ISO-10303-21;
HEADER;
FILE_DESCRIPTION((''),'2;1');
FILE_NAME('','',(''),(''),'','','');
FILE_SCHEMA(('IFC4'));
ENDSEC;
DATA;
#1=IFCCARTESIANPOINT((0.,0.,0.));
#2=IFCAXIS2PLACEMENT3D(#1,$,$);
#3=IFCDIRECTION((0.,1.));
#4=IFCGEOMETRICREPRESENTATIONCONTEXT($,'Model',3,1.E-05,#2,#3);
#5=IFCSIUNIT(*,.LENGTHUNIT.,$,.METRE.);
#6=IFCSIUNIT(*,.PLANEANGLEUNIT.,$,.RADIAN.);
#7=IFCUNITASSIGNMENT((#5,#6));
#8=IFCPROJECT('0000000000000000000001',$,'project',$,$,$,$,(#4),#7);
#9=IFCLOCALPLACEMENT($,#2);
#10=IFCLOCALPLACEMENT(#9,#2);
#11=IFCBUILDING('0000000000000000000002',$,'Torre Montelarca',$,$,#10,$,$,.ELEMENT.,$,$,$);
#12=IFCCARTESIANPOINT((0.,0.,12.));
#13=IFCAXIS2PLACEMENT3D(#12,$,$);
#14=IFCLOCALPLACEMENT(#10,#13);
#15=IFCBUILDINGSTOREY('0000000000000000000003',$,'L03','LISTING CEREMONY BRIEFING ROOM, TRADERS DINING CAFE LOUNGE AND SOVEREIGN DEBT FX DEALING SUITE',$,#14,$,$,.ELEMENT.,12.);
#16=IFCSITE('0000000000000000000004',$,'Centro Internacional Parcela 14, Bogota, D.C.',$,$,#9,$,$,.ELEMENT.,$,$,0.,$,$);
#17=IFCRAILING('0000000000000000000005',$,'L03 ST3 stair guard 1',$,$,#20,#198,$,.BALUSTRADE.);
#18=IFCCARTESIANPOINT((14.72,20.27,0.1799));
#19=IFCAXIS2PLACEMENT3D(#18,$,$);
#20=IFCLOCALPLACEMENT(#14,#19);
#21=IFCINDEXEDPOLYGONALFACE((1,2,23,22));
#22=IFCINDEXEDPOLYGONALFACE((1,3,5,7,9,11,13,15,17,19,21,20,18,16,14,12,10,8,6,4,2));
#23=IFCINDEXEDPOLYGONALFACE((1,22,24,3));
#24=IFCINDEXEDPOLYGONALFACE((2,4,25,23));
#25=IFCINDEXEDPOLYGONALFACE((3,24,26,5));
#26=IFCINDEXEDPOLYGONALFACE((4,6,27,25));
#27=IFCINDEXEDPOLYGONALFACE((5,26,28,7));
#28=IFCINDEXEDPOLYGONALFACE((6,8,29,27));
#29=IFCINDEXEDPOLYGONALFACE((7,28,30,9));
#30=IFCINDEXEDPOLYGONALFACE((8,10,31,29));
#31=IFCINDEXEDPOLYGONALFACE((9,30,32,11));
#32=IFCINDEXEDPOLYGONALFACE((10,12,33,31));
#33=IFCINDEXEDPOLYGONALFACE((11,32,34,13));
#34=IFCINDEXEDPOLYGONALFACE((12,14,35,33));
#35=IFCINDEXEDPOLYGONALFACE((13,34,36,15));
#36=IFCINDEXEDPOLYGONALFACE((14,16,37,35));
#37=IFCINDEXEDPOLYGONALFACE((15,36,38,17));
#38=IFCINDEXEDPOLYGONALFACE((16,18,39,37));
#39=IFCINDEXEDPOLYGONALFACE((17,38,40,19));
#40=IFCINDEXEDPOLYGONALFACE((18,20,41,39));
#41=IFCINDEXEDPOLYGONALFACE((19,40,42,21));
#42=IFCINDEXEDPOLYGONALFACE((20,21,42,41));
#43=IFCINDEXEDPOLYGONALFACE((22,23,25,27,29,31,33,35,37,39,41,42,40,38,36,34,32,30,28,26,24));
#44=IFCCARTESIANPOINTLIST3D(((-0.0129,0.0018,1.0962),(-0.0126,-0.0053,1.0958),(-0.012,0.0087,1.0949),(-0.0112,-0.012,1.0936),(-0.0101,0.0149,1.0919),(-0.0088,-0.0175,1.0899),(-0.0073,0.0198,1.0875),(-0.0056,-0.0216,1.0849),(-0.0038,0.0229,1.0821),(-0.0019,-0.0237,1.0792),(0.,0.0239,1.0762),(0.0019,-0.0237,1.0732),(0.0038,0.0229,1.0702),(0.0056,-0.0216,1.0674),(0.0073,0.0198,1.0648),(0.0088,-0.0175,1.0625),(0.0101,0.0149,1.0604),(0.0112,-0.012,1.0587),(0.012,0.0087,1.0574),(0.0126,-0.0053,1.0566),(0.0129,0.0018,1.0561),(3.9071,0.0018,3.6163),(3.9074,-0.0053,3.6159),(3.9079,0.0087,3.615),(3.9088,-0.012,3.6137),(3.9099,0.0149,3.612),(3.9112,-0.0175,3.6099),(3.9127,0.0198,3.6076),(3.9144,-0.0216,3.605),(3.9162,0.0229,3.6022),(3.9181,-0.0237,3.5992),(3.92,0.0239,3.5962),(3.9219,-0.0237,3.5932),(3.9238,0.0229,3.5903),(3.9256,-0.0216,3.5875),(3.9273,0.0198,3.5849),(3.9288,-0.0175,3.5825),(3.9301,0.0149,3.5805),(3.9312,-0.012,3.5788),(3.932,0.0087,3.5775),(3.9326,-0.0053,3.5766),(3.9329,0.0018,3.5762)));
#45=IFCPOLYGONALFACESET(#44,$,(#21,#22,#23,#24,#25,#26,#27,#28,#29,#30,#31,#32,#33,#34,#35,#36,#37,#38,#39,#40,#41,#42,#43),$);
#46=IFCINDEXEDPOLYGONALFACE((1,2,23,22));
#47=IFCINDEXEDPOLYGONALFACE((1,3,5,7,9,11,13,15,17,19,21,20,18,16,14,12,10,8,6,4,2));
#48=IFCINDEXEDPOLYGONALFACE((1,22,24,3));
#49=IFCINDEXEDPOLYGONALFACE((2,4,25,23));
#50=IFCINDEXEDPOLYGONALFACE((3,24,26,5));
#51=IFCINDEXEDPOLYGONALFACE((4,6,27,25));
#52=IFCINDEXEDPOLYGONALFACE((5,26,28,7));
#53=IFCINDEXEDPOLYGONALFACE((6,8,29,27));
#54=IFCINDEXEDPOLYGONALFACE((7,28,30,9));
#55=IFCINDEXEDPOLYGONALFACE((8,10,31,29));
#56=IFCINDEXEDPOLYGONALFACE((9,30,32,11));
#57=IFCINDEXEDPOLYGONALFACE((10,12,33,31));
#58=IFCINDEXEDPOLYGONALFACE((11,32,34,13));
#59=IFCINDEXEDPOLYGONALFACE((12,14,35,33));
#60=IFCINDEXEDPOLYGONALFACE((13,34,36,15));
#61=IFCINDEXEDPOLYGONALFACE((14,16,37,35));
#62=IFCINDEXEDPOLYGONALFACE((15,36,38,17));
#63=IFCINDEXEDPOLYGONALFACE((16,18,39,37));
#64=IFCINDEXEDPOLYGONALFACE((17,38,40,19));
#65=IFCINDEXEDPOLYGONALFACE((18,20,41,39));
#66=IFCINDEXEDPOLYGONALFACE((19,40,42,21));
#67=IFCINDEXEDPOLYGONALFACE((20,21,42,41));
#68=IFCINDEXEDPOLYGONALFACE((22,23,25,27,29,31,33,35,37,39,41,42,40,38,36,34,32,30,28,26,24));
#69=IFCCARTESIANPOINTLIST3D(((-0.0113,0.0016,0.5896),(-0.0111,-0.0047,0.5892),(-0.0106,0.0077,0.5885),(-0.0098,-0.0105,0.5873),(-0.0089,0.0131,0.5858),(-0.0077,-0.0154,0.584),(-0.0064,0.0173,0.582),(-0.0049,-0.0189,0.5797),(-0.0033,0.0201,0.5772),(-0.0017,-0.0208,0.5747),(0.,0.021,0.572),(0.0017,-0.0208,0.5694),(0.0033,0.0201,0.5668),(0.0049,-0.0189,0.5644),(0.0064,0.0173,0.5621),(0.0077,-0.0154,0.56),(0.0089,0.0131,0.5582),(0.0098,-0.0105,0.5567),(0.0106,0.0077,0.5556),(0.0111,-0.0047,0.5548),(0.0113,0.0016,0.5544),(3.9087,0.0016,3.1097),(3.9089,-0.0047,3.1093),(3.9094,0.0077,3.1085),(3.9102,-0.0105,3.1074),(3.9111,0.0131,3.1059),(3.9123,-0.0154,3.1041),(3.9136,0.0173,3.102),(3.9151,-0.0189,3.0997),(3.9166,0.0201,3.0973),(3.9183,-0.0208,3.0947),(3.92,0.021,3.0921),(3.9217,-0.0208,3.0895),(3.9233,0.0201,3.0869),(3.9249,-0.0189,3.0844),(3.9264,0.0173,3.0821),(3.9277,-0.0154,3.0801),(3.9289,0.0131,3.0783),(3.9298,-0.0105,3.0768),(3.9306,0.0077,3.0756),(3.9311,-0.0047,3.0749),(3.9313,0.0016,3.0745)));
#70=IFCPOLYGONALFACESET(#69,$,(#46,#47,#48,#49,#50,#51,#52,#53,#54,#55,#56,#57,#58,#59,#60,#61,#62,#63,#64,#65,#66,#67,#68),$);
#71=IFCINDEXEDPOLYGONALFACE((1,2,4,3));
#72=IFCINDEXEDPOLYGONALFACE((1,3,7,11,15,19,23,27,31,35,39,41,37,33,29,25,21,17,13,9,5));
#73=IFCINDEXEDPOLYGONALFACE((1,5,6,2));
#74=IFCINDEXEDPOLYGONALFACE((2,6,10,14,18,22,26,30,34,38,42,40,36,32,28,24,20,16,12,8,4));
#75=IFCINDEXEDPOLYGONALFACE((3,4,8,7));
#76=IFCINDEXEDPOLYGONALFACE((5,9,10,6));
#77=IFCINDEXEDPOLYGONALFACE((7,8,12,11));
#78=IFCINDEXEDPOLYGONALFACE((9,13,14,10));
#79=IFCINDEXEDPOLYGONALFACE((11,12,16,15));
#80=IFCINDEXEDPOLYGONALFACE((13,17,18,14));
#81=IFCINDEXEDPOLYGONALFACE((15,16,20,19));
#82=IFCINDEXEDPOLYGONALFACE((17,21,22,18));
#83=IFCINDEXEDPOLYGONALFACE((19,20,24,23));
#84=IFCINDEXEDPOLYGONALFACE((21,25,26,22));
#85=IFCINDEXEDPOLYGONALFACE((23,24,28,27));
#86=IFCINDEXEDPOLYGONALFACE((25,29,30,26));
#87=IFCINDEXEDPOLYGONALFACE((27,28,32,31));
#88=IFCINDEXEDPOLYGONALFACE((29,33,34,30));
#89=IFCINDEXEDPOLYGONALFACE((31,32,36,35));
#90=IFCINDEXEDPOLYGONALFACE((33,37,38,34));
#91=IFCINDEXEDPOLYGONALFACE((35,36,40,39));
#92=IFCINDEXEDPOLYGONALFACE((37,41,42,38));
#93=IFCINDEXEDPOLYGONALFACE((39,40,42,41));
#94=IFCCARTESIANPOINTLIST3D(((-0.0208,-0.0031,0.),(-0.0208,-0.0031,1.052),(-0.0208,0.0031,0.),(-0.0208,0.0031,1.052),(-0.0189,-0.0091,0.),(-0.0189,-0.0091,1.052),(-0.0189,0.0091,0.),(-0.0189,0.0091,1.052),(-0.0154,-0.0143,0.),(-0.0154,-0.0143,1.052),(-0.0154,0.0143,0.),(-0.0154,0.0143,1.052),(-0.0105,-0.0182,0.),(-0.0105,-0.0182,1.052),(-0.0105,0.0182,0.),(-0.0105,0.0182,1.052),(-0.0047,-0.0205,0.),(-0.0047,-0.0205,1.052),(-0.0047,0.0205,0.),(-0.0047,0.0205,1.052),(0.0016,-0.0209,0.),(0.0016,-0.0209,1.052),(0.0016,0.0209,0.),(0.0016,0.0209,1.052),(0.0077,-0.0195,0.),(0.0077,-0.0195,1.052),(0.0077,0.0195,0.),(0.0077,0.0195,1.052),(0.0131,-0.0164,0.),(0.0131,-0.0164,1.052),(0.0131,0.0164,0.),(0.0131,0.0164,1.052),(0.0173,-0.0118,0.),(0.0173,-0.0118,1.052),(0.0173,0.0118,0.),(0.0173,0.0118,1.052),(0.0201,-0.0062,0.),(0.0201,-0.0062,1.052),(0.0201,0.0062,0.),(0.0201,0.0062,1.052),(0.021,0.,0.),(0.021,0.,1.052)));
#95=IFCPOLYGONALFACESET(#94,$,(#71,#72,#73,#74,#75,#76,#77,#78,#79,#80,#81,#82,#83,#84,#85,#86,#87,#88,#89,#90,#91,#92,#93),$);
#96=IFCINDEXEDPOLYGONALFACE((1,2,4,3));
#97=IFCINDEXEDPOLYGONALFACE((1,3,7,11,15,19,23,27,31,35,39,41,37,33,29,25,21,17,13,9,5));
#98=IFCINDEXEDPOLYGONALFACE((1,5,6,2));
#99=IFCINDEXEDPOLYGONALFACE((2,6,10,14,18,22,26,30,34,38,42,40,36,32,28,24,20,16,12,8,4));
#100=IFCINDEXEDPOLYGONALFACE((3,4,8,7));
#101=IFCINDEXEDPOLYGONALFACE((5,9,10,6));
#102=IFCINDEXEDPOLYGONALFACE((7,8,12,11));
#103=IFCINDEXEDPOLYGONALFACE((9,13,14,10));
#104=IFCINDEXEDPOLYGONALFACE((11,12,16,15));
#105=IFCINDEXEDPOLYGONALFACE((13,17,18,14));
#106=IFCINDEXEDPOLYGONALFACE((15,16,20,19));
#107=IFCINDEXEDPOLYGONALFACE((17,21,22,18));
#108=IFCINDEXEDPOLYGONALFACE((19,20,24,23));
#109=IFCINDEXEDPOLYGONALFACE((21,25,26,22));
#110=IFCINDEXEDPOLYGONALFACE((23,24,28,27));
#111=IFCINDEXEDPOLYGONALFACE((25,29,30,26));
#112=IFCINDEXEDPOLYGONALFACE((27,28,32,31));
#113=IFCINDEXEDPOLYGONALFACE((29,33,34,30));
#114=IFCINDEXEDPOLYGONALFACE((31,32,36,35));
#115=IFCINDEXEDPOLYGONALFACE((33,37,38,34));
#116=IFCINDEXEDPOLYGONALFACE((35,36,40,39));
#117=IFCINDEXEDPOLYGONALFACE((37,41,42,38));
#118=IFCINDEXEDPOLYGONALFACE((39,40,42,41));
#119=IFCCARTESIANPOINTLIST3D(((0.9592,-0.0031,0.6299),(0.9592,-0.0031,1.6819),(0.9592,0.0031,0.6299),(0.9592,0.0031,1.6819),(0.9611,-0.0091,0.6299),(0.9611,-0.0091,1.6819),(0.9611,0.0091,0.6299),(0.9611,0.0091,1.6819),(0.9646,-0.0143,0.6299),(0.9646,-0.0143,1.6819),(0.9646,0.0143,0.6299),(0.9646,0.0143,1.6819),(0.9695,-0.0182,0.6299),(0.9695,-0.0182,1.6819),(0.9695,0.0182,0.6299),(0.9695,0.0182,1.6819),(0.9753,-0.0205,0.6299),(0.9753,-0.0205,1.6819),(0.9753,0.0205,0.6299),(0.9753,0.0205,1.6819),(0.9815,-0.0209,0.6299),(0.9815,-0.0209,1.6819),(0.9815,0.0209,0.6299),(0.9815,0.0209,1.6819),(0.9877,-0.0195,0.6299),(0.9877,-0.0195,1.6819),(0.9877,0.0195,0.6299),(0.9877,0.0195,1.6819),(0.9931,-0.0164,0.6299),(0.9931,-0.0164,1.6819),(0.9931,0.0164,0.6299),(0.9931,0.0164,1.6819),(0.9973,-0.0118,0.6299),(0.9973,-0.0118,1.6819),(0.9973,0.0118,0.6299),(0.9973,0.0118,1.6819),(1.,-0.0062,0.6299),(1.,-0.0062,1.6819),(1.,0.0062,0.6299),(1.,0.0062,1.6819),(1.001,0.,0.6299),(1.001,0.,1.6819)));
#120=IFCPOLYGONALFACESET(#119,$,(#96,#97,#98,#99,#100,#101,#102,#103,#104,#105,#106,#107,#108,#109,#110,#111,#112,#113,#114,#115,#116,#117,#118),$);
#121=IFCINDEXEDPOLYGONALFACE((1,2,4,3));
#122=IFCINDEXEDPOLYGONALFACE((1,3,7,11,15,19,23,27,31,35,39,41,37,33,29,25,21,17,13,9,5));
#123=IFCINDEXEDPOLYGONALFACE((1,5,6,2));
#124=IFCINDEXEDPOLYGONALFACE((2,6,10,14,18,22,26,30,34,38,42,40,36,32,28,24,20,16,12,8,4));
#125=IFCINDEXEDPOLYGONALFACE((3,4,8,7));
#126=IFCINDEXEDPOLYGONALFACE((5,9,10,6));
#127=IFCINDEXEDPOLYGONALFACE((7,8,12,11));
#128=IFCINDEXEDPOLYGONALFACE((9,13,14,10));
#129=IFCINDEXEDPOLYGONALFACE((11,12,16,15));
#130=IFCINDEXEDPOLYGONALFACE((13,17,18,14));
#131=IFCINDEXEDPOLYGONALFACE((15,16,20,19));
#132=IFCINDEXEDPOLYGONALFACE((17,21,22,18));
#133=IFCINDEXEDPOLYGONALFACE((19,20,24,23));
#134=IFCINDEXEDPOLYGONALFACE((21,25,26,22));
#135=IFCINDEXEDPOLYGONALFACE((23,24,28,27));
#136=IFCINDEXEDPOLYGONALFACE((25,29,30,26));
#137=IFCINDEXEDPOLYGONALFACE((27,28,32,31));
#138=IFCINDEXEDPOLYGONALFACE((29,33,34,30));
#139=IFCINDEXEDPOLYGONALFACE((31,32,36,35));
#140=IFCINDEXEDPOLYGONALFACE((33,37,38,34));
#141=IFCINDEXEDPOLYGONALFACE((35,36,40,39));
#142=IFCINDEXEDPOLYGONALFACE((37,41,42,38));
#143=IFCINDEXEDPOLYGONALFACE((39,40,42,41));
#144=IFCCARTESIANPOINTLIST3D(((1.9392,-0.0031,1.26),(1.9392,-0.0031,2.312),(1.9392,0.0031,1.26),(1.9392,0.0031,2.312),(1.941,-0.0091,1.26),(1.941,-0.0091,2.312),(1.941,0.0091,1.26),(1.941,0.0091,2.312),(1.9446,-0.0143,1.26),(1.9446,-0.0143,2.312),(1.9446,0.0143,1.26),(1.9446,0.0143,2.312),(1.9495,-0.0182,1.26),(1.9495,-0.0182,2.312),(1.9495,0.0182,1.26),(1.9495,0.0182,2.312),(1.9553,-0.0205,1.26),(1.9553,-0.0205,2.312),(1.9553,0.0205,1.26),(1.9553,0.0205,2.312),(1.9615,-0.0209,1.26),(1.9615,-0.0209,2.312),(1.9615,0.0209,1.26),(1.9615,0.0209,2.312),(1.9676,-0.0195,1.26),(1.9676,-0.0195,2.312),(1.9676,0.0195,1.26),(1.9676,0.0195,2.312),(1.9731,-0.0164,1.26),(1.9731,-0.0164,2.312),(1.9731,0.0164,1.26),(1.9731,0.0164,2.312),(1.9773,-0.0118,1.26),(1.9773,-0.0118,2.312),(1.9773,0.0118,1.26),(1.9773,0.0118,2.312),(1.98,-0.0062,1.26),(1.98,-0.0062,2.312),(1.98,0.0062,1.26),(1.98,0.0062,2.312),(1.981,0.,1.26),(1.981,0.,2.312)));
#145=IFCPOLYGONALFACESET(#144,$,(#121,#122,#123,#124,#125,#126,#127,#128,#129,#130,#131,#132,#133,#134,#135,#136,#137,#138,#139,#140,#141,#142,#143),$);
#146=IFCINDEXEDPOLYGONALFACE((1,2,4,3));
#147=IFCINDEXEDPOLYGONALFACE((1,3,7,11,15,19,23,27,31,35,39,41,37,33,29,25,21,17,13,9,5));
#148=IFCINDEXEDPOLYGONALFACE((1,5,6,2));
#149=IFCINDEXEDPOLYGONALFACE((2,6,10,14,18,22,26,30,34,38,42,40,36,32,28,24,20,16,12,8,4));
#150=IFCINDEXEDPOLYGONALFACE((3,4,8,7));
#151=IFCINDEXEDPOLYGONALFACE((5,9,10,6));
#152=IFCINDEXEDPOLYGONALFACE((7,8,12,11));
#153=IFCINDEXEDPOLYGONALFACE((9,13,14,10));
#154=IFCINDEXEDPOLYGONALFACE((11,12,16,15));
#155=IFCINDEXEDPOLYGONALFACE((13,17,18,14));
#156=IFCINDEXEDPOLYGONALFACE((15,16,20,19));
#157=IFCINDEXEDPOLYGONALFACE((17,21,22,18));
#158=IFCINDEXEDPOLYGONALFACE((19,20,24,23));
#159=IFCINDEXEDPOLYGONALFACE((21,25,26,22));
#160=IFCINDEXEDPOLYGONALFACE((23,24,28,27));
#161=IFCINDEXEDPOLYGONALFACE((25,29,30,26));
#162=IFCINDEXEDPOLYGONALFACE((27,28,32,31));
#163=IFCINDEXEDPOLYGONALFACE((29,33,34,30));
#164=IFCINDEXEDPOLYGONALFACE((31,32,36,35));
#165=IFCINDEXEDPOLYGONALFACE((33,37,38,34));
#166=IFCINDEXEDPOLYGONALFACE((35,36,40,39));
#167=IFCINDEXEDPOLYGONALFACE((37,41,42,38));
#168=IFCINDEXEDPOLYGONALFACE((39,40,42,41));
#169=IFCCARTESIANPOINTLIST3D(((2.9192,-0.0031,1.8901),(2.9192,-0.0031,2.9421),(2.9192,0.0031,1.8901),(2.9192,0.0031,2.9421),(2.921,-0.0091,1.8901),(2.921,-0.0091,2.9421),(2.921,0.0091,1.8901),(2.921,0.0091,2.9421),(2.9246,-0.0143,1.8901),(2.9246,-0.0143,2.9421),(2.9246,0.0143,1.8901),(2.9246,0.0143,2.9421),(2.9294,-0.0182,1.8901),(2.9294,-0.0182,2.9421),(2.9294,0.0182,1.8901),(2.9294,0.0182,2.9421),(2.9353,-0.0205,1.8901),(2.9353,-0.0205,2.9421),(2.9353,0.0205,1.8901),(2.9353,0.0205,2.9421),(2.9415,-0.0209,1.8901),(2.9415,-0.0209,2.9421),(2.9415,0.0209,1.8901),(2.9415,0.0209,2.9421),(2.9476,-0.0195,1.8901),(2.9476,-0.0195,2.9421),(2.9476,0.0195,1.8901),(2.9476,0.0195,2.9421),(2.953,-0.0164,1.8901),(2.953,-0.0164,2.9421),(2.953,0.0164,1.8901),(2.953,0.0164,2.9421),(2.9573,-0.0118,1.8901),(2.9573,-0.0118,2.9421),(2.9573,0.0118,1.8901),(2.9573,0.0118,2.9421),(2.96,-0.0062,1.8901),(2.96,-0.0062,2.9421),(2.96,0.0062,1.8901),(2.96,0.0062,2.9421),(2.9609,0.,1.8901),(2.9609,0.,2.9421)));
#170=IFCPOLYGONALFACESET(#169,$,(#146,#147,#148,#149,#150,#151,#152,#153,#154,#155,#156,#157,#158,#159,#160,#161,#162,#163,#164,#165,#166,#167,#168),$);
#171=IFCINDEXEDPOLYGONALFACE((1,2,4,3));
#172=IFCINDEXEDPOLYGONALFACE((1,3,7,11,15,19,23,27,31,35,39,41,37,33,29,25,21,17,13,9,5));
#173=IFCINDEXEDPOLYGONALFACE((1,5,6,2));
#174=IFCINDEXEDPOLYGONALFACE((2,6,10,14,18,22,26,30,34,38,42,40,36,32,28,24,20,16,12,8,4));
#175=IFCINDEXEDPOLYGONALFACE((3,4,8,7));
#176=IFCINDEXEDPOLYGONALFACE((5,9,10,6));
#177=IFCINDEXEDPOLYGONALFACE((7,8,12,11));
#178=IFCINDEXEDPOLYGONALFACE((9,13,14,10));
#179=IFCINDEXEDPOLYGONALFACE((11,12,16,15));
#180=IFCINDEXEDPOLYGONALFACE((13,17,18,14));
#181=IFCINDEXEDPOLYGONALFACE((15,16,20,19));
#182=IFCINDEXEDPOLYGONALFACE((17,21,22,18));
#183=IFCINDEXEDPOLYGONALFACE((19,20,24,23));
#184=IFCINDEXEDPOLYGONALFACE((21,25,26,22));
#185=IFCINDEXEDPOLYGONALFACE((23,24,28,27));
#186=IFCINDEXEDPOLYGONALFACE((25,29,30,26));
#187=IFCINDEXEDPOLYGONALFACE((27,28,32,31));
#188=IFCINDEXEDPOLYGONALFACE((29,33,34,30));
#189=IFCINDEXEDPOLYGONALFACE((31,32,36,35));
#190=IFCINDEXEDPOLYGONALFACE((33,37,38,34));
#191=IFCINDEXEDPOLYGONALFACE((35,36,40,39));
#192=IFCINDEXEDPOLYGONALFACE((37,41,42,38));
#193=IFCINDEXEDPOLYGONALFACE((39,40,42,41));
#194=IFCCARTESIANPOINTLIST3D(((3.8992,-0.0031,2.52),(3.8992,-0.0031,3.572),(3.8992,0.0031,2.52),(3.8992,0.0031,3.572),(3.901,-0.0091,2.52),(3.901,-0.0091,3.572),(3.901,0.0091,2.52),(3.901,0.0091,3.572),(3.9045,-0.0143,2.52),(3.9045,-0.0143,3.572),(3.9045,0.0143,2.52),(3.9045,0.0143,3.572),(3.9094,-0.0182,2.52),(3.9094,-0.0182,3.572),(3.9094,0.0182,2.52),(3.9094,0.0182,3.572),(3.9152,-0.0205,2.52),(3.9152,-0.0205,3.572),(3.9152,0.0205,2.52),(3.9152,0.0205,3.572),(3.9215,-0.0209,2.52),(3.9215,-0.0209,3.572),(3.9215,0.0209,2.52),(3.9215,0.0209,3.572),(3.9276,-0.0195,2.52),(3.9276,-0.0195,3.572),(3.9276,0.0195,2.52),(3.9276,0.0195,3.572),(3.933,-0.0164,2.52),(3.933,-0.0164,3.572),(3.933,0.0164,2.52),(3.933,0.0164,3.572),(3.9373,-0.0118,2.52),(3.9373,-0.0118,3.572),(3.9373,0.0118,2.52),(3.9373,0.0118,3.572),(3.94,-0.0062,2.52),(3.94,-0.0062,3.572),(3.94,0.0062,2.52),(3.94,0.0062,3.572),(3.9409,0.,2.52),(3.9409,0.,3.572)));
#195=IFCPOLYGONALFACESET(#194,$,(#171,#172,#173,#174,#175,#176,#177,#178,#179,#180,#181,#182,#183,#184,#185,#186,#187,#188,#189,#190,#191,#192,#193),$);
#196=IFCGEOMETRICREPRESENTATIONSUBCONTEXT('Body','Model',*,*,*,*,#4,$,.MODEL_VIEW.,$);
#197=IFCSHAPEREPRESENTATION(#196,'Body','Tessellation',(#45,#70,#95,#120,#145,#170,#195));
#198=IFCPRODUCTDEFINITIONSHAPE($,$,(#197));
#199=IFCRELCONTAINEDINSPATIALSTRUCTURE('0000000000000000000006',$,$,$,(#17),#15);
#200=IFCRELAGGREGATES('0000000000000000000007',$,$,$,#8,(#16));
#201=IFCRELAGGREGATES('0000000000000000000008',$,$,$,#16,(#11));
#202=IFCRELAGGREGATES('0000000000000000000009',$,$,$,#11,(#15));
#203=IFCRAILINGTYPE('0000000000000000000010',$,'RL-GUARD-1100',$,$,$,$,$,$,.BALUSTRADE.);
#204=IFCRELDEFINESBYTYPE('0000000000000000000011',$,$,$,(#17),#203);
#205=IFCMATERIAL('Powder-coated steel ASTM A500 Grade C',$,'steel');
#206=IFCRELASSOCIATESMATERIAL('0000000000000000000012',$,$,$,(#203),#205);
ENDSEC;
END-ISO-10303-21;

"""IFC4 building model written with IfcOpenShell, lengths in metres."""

from ifc_helpers import new_model, si_unit, direction, frame, origin, origin_2d, place, context, subcontext, project, spatial, circle, extrude, material, type_object, element, save


model = new_model("IFC4")

# Units and contexts
model_context = context("Model", 3, precision=1e-05, world=origin(), true_north=direction((0.0, 1.0)))
body_context = subcontext(model_context, "Body", "Model", "MODEL_VIEW")
ifc_project = project(units=[si_unit("LENGTHUNIT", "METRE"), si_unit("PLANEANGLEUNIT", "RADIAN")], contexts=[model_context])

# Site, building, storey
site_placement = place(None, origin())
site = spatial("IfcSite", under=ifc_project, at=site_placement, Name="Centro Internacional Parcela 14, Bogota, D.C.", CompositionType="ELEMENT", RefElevation=0.0)
building_placement = place(site_placement, origin())
building = spatial("IfcBuilding", under=site, at=building_placement, Name="Torre Montelarca", CompositionType="ELEMENT")
storey_placement = place(building_placement, frame((0.0, 0.0, 12.0)))
storey = spatial("IfcBuildingStorey", under=building, at=storey_placement, Name="L03", Description="LISTING CEREMONY BRIEFING ROOM, TRADERS DINING CAFE LOUNGE AND SOVEREIGN DEBT FX DEALING SUITE", CompositionType="ELEMENT", Elevation=12.0)

# Railing
ifc_material_1 = material(Name="Powder-coated steel ASTM A500 Grade C", Category="steel")
railing_type_1 = type_object("IfcRailingType", Name="RL-GUARD-1100", PredefinedType="BALUSTRADE", material=ifc_material_1)
railing_1_placement = place(storey_placement, frame((14.72, 20.27, 0.1799)))
element("IfcRailing", 1, at=railing_1_placement, inside=storey, type_object=railing_type_1, Name="L03 ST3 stair guard 1", PredefinedType="BALUSTRADE", context=body_context, shape_type="SweptSolid", body=[
    extrude(circle(Radius=0.0239, at=origin_2d()), frame((0.0, 0.0, 1.0762), z_axis=(0.841172, 0.0, 0.540768), x_axis=(0.0, 1.0, 0.0)), (0.0, 0.0, 1.0), 4.6602),
    extrude(circle(Radius=0.021, at=origin_2d()), frame((0.0, 0.0, 0.572), z_axis=(0.841172, 0.0, 0.540768), x_axis=(0.0, 1.0, 0.0)), (0.0, 0.0, 1.0), 4.6602),
    extrude(circle(Radius=0.021, at=origin_2d()), origin(), (0.0, 0.0, 1.0), 1.052),
    extrude(circle(Radius=0.021, at=origin_2d()), frame((0.98, 0.0, 0.6299)), (0.0, 0.0, 1.0), 1.052),
    extrude(circle(Radius=0.021, at=origin_2d()), frame((1.96, 0.0, 1.26)), (0.0, 0.0, 1.0), 1.052),
    extrude(circle(Radius=0.021, at=origin_2d()), frame((2.9399, 0.0, 1.8901)), (0.0, 0.0, 1.0), 1.052),
    extrude(circle(Radius=0.021, at=origin_2d()), frame((3.9199, 0.0, 2.52)), (0.0, 0.0, 1.0), 1.052),
])

save(model, "model.ifc")
